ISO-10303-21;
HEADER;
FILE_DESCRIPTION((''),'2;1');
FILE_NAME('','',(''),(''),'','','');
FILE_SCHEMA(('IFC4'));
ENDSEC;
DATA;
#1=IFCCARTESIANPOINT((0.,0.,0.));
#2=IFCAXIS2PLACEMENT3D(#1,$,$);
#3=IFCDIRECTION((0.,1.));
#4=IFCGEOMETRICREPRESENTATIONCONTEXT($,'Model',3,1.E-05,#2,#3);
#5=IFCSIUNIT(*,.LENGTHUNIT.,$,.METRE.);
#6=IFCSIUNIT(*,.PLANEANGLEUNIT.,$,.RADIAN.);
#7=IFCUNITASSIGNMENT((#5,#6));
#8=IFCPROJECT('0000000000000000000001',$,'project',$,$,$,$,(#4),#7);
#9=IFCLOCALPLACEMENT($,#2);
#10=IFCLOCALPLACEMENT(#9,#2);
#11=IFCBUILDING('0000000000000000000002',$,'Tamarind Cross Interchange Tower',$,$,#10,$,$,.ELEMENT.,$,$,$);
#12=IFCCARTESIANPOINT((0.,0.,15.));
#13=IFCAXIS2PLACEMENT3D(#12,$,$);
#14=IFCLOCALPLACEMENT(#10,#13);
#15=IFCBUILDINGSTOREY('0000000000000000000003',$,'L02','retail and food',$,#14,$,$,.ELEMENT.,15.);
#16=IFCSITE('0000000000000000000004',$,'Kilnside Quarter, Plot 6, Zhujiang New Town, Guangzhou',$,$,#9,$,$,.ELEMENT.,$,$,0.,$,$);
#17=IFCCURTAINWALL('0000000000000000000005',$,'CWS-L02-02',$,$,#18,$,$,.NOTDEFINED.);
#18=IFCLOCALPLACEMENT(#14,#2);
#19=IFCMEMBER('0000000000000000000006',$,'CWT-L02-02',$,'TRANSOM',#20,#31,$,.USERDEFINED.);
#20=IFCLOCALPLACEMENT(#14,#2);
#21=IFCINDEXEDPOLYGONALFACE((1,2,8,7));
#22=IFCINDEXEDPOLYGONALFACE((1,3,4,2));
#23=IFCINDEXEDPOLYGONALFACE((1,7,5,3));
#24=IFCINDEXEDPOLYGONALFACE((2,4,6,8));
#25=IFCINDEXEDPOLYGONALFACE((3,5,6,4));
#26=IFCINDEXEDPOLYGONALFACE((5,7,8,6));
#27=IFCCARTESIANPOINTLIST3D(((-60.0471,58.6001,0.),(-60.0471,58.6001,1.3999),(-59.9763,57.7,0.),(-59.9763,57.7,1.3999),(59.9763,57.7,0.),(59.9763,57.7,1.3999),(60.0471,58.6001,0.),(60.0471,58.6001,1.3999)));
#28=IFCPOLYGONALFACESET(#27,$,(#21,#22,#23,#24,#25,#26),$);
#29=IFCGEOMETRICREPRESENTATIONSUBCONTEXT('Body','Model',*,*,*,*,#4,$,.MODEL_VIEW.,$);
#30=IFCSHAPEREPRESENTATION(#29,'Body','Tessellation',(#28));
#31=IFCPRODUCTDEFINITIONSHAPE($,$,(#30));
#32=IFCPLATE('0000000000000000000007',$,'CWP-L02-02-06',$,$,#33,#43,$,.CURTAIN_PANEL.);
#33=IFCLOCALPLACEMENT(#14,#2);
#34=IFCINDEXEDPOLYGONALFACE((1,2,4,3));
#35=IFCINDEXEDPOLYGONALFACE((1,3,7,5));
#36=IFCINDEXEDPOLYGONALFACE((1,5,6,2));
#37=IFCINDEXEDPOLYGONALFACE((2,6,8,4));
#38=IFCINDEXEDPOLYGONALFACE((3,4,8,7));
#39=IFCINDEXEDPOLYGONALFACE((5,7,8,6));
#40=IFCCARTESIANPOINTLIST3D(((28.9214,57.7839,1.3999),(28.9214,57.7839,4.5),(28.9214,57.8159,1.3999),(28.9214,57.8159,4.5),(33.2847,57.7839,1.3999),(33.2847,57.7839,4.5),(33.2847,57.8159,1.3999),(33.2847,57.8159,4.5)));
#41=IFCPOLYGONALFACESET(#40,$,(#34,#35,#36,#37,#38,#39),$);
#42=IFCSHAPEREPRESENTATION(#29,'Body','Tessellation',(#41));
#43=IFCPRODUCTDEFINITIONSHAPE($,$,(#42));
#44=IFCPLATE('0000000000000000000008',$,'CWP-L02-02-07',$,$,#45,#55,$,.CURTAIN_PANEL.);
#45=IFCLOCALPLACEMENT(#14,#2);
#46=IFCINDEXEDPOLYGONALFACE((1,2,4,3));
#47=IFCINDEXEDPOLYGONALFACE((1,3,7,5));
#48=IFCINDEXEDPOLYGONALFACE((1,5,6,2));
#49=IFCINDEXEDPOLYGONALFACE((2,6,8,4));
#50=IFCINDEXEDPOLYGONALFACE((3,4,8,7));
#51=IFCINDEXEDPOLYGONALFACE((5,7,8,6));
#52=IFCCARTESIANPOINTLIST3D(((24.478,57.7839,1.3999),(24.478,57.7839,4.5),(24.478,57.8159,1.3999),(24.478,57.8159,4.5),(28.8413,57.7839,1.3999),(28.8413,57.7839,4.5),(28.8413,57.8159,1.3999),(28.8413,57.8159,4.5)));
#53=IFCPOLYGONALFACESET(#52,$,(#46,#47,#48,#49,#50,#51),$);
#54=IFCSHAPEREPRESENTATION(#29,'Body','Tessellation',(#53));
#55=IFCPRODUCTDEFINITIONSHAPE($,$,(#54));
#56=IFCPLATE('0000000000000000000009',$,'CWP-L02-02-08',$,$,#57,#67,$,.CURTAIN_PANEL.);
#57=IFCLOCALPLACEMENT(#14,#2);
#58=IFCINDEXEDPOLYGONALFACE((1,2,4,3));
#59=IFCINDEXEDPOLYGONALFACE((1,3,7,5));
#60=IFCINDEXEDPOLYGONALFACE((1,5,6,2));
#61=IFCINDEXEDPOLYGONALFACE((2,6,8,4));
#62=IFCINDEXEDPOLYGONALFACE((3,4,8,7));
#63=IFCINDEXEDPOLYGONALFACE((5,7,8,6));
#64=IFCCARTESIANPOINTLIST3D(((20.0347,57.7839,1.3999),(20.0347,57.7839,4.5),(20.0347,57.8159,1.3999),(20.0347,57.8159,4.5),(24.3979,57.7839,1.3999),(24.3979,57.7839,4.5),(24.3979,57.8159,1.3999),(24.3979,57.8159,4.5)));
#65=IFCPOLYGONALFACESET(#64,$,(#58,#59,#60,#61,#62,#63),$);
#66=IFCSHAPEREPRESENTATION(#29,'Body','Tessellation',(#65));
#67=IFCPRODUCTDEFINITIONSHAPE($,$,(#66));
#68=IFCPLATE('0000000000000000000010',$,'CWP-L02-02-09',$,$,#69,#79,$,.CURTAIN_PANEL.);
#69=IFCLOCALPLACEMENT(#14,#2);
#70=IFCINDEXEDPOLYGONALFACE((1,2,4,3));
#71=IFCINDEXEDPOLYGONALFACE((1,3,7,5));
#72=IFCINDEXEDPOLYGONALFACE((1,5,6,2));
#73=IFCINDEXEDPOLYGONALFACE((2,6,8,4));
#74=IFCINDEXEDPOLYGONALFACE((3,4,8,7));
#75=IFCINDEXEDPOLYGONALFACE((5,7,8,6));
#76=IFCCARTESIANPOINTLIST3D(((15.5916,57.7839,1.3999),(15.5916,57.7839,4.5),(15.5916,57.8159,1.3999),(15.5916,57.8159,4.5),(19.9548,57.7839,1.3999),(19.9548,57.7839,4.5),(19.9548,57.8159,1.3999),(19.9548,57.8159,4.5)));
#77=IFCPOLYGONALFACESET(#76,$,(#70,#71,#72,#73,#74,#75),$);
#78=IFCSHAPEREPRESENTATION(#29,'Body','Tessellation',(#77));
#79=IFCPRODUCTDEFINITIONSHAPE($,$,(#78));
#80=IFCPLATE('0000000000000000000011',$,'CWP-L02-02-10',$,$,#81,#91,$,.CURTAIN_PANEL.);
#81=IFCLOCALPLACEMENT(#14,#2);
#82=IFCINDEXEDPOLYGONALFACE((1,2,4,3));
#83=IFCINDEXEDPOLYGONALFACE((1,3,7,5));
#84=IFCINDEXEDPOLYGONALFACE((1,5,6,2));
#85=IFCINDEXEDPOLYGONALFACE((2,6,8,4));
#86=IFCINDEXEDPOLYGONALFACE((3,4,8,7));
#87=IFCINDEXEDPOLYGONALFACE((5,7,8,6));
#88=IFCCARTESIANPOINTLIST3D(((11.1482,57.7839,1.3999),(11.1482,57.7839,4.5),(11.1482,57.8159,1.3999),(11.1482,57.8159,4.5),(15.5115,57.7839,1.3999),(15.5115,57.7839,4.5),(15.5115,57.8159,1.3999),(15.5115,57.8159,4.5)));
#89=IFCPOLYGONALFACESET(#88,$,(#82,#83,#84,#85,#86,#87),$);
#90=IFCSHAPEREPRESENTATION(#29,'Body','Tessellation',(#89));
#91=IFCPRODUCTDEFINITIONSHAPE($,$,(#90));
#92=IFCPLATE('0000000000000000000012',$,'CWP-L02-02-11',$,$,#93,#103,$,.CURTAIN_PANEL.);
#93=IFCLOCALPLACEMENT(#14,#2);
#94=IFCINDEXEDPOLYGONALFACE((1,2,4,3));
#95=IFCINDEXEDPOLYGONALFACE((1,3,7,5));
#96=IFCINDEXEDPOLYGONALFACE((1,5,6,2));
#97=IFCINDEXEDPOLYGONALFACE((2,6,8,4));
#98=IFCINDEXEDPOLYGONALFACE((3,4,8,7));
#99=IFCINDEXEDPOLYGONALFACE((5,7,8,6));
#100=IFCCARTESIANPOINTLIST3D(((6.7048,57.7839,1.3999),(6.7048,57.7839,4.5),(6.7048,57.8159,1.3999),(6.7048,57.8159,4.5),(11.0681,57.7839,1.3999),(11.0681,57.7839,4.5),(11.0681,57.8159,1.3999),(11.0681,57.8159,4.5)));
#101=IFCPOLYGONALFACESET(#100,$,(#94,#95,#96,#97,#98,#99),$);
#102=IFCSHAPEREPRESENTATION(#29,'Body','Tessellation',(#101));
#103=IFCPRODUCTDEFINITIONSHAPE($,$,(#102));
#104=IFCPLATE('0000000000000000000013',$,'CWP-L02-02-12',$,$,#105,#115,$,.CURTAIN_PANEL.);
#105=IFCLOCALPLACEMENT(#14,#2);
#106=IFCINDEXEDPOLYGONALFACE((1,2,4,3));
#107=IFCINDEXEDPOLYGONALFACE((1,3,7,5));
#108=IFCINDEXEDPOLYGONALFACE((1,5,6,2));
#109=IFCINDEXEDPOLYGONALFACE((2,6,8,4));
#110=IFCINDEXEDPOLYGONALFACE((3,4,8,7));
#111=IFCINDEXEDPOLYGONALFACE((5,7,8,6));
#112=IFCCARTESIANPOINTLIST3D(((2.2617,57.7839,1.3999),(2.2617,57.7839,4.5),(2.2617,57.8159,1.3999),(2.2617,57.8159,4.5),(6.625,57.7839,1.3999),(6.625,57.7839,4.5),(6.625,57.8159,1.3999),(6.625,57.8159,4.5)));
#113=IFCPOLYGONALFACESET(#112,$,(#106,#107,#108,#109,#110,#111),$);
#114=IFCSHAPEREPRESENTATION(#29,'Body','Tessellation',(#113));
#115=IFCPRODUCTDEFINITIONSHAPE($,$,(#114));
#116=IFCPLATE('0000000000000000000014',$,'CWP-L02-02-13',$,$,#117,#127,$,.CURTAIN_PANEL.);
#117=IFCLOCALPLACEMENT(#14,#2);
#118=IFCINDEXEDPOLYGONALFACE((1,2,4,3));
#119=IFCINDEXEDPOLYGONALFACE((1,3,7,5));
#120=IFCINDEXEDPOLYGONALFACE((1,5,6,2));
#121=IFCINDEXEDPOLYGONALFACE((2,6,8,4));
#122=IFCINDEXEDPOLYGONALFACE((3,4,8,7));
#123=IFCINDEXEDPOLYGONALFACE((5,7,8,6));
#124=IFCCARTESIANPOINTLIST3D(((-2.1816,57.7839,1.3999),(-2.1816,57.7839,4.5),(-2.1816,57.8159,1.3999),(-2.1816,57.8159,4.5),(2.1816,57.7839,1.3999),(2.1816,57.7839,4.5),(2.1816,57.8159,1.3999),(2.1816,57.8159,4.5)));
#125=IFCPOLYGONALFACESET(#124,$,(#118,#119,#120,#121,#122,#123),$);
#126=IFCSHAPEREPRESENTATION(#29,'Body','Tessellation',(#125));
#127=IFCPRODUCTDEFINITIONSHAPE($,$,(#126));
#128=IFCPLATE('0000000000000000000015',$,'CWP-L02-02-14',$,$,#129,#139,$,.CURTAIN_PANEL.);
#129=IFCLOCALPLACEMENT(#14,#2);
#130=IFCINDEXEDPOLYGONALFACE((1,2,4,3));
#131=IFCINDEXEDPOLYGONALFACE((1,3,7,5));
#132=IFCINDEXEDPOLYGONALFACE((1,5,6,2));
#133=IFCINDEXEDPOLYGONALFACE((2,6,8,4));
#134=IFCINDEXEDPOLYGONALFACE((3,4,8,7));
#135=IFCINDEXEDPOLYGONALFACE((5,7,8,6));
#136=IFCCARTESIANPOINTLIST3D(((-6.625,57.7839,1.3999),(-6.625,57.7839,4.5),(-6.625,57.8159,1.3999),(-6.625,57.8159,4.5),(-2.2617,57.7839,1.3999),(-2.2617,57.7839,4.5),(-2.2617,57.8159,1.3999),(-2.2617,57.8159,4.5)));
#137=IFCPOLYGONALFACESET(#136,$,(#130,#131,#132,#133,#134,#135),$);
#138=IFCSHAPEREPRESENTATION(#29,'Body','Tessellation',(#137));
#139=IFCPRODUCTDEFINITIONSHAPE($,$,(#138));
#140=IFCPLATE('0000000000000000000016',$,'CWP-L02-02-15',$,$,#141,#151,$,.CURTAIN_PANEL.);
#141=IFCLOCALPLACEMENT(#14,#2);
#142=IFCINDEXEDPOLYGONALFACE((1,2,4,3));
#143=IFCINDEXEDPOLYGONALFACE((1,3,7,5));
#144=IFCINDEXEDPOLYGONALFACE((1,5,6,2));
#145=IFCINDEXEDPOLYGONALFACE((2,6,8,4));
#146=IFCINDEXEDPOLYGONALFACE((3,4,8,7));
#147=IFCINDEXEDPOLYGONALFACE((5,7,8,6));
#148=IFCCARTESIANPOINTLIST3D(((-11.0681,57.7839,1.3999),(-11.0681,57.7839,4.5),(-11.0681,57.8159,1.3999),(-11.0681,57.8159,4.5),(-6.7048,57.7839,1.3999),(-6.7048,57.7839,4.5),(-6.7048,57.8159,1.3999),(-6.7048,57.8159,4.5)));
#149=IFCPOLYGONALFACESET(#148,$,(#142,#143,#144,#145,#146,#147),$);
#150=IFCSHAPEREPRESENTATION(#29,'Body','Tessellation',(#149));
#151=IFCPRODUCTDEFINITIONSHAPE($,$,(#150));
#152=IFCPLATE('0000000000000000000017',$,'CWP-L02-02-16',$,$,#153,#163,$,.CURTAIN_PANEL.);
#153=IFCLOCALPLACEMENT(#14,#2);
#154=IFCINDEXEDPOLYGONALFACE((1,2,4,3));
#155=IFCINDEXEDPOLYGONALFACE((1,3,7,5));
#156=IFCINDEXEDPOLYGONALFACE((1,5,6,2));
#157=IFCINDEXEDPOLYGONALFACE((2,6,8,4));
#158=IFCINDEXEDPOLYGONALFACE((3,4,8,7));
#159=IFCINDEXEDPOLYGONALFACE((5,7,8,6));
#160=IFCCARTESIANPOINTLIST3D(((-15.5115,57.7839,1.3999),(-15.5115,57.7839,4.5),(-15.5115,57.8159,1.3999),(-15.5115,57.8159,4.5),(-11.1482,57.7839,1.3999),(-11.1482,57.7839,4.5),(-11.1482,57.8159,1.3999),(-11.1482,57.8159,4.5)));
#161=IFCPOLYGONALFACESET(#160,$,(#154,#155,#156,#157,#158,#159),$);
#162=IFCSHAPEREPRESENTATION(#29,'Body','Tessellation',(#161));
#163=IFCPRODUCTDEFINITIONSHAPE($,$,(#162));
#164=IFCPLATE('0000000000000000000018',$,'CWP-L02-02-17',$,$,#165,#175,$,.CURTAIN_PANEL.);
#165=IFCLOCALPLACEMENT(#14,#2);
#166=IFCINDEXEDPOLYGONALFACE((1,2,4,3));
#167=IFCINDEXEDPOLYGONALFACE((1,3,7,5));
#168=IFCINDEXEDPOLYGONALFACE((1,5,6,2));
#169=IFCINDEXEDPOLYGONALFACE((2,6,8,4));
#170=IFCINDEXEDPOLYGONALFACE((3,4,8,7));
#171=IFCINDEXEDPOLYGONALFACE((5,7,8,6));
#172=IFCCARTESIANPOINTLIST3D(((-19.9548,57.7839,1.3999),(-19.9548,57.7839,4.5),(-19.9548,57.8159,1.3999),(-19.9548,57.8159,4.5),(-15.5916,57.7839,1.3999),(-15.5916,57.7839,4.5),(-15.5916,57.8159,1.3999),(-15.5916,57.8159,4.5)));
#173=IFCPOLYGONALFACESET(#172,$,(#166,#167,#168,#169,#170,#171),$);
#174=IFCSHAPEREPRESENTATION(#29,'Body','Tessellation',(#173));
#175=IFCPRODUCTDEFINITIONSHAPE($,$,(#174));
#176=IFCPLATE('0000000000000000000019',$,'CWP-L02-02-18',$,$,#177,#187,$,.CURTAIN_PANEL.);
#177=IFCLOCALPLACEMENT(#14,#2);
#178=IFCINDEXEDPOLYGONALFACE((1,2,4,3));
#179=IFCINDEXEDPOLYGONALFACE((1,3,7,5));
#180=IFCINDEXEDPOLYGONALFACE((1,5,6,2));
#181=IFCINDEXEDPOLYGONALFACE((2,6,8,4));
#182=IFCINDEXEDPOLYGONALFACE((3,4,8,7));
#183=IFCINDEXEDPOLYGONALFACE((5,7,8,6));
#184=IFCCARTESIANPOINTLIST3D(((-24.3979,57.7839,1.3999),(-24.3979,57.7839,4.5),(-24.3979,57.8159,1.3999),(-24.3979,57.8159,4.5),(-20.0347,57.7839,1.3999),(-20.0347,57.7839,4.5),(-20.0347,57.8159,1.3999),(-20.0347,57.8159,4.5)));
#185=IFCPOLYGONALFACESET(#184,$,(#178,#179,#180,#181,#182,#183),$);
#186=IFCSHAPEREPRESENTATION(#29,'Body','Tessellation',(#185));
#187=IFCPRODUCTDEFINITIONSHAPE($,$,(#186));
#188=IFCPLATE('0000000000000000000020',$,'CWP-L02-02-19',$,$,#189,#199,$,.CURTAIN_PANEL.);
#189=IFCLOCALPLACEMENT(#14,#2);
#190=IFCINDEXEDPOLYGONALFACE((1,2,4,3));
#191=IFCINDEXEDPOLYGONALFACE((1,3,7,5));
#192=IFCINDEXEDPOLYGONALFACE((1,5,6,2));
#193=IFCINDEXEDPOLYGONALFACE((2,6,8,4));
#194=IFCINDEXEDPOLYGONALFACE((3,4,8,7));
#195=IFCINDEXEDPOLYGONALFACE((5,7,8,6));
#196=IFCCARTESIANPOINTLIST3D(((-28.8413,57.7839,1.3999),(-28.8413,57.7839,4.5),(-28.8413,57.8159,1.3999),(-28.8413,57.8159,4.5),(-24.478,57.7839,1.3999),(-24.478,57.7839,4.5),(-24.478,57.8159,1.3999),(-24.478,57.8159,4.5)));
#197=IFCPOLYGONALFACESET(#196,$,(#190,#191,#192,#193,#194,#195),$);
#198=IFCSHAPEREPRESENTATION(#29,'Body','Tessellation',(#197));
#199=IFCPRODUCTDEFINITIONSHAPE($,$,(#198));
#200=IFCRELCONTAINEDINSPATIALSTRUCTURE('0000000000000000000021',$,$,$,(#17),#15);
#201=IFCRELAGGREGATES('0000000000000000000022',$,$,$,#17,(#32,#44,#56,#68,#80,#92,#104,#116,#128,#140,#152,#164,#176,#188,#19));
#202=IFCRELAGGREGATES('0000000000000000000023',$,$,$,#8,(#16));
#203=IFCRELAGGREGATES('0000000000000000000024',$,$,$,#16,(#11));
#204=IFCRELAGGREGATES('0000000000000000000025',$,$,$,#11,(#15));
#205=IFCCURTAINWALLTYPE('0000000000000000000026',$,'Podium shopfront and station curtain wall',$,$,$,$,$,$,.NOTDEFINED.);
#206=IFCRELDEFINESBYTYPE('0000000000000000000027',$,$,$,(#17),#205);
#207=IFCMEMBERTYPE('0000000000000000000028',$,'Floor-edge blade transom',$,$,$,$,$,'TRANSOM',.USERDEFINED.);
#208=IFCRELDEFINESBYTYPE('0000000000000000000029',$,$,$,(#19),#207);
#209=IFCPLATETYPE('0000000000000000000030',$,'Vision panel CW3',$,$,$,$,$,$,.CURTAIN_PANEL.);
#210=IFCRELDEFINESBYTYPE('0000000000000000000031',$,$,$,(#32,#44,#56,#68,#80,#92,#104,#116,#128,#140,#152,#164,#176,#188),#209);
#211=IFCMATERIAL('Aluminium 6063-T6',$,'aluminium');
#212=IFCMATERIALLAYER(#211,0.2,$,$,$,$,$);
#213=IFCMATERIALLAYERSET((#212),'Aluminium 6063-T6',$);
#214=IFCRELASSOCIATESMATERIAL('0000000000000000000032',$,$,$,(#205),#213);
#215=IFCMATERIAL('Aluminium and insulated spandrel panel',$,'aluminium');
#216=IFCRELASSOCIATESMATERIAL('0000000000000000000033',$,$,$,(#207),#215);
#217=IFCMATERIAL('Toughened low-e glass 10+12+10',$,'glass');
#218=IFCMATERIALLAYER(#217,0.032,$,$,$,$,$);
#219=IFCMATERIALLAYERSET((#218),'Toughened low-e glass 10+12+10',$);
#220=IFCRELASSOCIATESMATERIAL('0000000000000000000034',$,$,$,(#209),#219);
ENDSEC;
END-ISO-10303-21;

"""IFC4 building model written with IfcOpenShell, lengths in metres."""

from ifc_helpers import new_model, si_unit, direction, frame, origin, place, context, subcontext, project, spatial, polyline, outline, extrude, material, layer, layer_set, type_object, element, aggregate, save


model = new_model("IFC4")

# Units and contexts
model_context = context("Model", 3, precision=1e-05, world=origin(), true_north=direction((0.0, 1.0)))
body_context = subcontext(model_context, "Body", "Model", "MODEL_VIEW")
ifc_project = project(units=[si_unit("LENGTHUNIT", "METRE"), si_unit("PLANEANGLEUNIT", "RADIAN")], contexts=[model_context])

# Site, building, storey
site_placement = place(None, origin())
site = spatial("IfcSite", under=ifc_project, at=site_placement, Name="Kilnside Quarter, Plot 6, Zhujiang New Town, Guangzhou", CompositionType="ELEMENT", RefElevation=0.0)
building_placement = place(site_placement, origin())
building = spatial("IfcBuilding", under=site, at=building_placement, Name="Tamarind Cross Interchange Tower", CompositionType="ELEMENT")
storey_placement = place(building_placement, frame((0.0, 0.0, 15.0)))
storey = spatial("IfcBuildingStorey", under=building, at=storey_placement, Name="L02", Description="retail and food", CompositionType="ELEMENT", Elevation=15.0)

# Curtain wall, member, plates
ifc_material_1 = material(Name="Aluminium 6063-T6", Category="aluminium")
ifc_layer_1 = layer(ifc_material_1, 0.2)
ifc_layer_set_1 = layer_set([ifc_layer_1], Name="Aluminium 6063-T6")
curtain_wall_type = type_object("IfcCurtainWallType", Name="Podium shopfront and station curtain wall", PredefinedType="NOTDEFINED", material=ifc_layer_set_1)
curtain_wall_1_placement = place(storey_placement, origin())
curtain_wall_1 = element("IfcCurtainWall", 1, at=curtain_wall_1_placement, inside=storey, type_object=curtain_wall_type, Name="CWS-L02-02", PredefinedType="NOTDEFINED")
ifc_material_2 = material(Name="Aluminium and insulated spandrel panel", Category="aluminium")
member_type = type_object("IfcMemberType", Name="Floor-edge blade transom", ElementType="TRANSOM", PredefinedType="USERDEFINED", material=ifc_material_2)
member_placement = place(storey_placement, origin())
member = element("IfcMember", 2, at=member_placement, type_object=member_type, Name="CWT-L02-02", ObjectType="TRANSOM", PredefinedType="USERDEFINED", context=body_context, shape_type="SweptSolid", body=[
    extrude(outline(polyline([(59.9763, 57.7), (-59.9763, 57.7), (-60.0471, 58.6001), (60.0471, 58.6001), (59.9763, 57.7)])), origin(), (0.0, 0.0, 1.0), 1.3999),
])
ifc_material_3 = material(Name="Toughened low-e glass 10+12+10", Category="glass")
ifc_layer_2 = layer(ifc_material_3, 0.032)
ifc_layer_set_2 = layer_set([ifc_layer_2], Name="Toughened low-e glass 10+12+10")
plate_type = type_object("IfcPlateType", Name="Vision panel CW3", PredefinedType="CURTAIN_PANEL", material=ifc_layer_set_2)
plate_1_placement = place(storey_placement, frame((0.0, 0.0, 1.3999)))
plate_1 = element("IfcPlate", 3, at=plate_1_placement, type_object=plate_type, Name="CWP-L02-02-06", PredefinedType="CURTAIN_PANEL", context=body_context, shape_type="SweptSolid", body=[
    extrude(outline(polyline([(33.2847, 57.7839), (28.9214, 57.7839), (28.9214, 57.8159), (33.2847, 57.8159), (33.2847, 57.7839)])), origin(), (0.0, 0.0, 1.0), 3.1001),
])
plate_2_placement = place(storey_placement, frame((0.0, 0.0, 1.3999)))
plate_2 = element("IfcPlate", 4, at=plate_2_placement, type_object=plate_type, Name="CWP-L02-02-07", PredefinedType="CURTAIN_PANEL", context=body_context, shape_type="SweptSolid", body=[
    extrude(outline(polyline([(28.8413, 57.7839), (24.478, 57.7839), (24.478, 57.8159), (28.8413, 57.8159), (28.8413, 57.7839)])), origin(), (0.0, 0.0, 1.0), 3.1001),
])
plate_3_placement = place(storey_placement, frame((0.0, 0.0, 1.3999)))
plate_3 = element("IfcPlate", 5, at=plate_3_placement, type_object=plate_type, Name="CWP-L02-02-08", PredefinedType="CURTAIN_PANEL", context=body_context, shape_type="SweptSolid", body=[
    extrude(outline(polyline([(24.3979, 57.7839), (20.0347, 57.7839), (20.0347, 57.8159), (24.3979, 57.8159), (24.3979, 57.7839)])), origin(), (0.0, 0.0, 1.0), 3.1001),
])
plate_4_placement = place(storey_placement, frame((0.0, 0.0, 1.3999)))
plate_4 = element("IfcPlate", 6, at=plate_4_placement, type_object=plate_type, Name="CWP-L02-02-09", PredefinedType="CURTAIN_PANEL", context=body_context, shape_type="SweptSolid", body=[
    extrude(outline(polyline([(19.9548, 57.7839), (15.5916, 57.7839), (15.5916, 57.8159), (19.9548, 57.8159), (19.9548, 57.7839)])), origin(), (0.0, 0.0, 1.0), 3.1001),
])
plate_5_placement = place(storey_placement, frame((0.0, 0.0, 1.3999)))
plate_5 = element("IfcPlate", 7, at=plate_5_placement, type_object=plate_type, Name="CWP-L02-02-10", PredefinedType="CURTAIN_PANEL", context=body_context, shape_type="SweptSolid", body=[
    extrude(outline(polyline([(15.5115, 57.7839), (11.1482, 57.7839), (11.1482, 57.8159), (15.5115, 57.8159), (15.5115, 57.7839)])), origin(), (0.0, 0.0, 1.0), 3.1001),
])
plate_6_placement = place(storey_placement, frame((0.0, 0.0, 1.3999)))
plate_6 = element("IfcPlate", 8, at=plate_6_placement, type_object=plate_type, Name="CWP-L02-02-11", PredefinedType="CURTAIN_PANEL", context=body_context, shape_type="SweptSolid", body=[
    extrude(outline(polyline([(11.0681, 57.7839), (6.7048, 57.7839), (6.7048, 57.8159), (11.0681, 57.8159), (11.0681, 57.7839)])), origin(), (0.0, 0.0, 1.0), 3.1001),
])
plate_7_placement = place(storey_placement, frame((0.0, 0.0, 1.3999)))
plate_7 = element("IfcPlate", 9, at=plate_7_placement, type_object=plate_type, Name="CWP-L02-02-12", PredefinedType="CURTAIN_PANEL", context=body_context, shape_type="SweptSolid", body=[
    extrude(outline(polyline([(6.625, 57.7839), (2.2617, 57.7839), (2.2617, 57.8159), (6.625, 57.8159), (6.625, 57.7839)])), origin(), (0.0, 0.0, 1.0), 3.1001),
])
plate_8_placement = place(storey_placement, frame((0.0, 0.0, 1.3999)))
plate_8 = element("IfcPlate", 10, at=plate_8_placement, type_object=plate_type, Name="CWP-L02-02-13", PredefinedType="CURTAIN_PANEL", context=body_context, shape_type="SweptSolid", body=[
    extrude(outline(polyline([(2.1816, 57.7839), (-2.1816, 57.7839), (-2.1816, 57.8159), (2.1816, 57.8159), (2.1816, 57.7839)])), origin(), (0.0, 0.0, 1.0), 3.1001),
])
plate_9_placement = place(storey_placement, frame((0.0, 0.0, 1.3999)))
plate_9 = element("IfcPlate", 11, at=plate_9_placement, type_object=plate_type, Name="CWP-L02-02-14", PredefinedType="CURTAIN_PANEL", context=body_context, shape_type="SweptSolid", body=[
    extrude(outline(polyline([(-2.2617, 57.7839), (-6.625, 57.7839), (-6.625, 57.8159), (-2.2617, 57.8159), (-2.2617, 57.7839)])), origin(), (0.0, 0.0, 1.0), 3.1001),
])
plate_10_placement = place(storey_placement, frame((0.0, 0.0, 1.3999)))
plate_10 = element("IfcPlate", 12, at=plate_10_placement, type_object=plate_type, Name="CWP-L02-02-15", PredefinedType="CURTAIN_PANEL", context=body_context, shape_type="SweptSolid", body=[
    extrude(outline(polyline([(-6.7048, 57.7839), (-11.0681, 57.7839), (-11.0681, 57.8159), (-6.7048, 57.8159), (-6.7048, 57.7839)])), origin(), (0.0, 0.0, 1.0), 3.1001),
])
plate_11_placement = place(storey_placement, frame((0.0, 0.0, 1.3999)))
plate_11 = element("IfcPlate", 13, at=plate_11_placement, type_object=plate_type, Name="CWP-L02-02-16", PredefinedType="CURTAIN_PANEL", context=body_context, shape_type="SweptSolid", body=[
    extrude(outline(polyline([(-11.1482, 57.7839), (-15.5115, 57.7839), (-15.5115, 57.8159), (-11.1482, 57.8159), (-11.1482, 57.7839)])), origin(), (0.0, 0.0, 1.0), 3.1001),
])
plate_12_placement = place(storey_placement, frame((0.0, 0.0, 1.3999)))
plate_12 = element("IfcPlate", 14, at=plate_12_placement, type_object=plate_type, Name="CWP-L02-02-17", PredefinedType="CURTAIN_PANEL", context=body_context, shape_type="SweptSolid", body=[
    extrude(outline(polyline([(-15.5916, 57.7839), (-19.9548, 57.7839), (-19.9548, 57.8159), (-15.5916, 57.8159), (-15.5916, 57.7839)])), origin(), (0.0, 0.0, 1.0), 3.1001),
])
plate_13_placement = place(storey_placement, frame((0.0, 0.0, 1.3999)))
plate_13 = element("IfcPlate", 15, at=plate_13_placement, type_object=plate_type, Name="CWP-L02-02-18", PredefinedType="CURTAIN_PANEL", context=body_context, shape_type="SweptSolid", body=[
    extrude(outline(polyline([(-20.0347, 57.7839), (-24.3979, 57.7839), (-24.3979, 57.8159), (-20.0347, 57.8159), (-20.0347, 57.7839)])), origin(), (0.0, 0.0, 1.0), 3.1001),
])
plate_14_placement = place(storey_placement, frame((0.0, 0.0, 1.3999)))
plate_14 = element("IfcPlate", 16, at=plate_14_placement, type_object=plate_type, Name="CWP-L02-02-19", PredefinedType="CURTAIN_PANEL", context=body_context, shape_type="SweptSolid", body=[
    extrude(outline(polyline([(-24.478, 57.7839), (-28.8413, 57.7839), (-28.8413, 57.8159), (-24.478, 57.8159), (-24.478, 57.7839)])), origin(), (0.0, 0.0, 1.0), 3.1001),
])
aggregate(curtain_wall_1, [plate_1, plate_2, plate_3, plate_4, plate_5, plate_6, plate_7, plate_8, plate_9, plate_10, plate_11, plate_12, plate_13, plate_14, member])

save(model, "model.ifc")
